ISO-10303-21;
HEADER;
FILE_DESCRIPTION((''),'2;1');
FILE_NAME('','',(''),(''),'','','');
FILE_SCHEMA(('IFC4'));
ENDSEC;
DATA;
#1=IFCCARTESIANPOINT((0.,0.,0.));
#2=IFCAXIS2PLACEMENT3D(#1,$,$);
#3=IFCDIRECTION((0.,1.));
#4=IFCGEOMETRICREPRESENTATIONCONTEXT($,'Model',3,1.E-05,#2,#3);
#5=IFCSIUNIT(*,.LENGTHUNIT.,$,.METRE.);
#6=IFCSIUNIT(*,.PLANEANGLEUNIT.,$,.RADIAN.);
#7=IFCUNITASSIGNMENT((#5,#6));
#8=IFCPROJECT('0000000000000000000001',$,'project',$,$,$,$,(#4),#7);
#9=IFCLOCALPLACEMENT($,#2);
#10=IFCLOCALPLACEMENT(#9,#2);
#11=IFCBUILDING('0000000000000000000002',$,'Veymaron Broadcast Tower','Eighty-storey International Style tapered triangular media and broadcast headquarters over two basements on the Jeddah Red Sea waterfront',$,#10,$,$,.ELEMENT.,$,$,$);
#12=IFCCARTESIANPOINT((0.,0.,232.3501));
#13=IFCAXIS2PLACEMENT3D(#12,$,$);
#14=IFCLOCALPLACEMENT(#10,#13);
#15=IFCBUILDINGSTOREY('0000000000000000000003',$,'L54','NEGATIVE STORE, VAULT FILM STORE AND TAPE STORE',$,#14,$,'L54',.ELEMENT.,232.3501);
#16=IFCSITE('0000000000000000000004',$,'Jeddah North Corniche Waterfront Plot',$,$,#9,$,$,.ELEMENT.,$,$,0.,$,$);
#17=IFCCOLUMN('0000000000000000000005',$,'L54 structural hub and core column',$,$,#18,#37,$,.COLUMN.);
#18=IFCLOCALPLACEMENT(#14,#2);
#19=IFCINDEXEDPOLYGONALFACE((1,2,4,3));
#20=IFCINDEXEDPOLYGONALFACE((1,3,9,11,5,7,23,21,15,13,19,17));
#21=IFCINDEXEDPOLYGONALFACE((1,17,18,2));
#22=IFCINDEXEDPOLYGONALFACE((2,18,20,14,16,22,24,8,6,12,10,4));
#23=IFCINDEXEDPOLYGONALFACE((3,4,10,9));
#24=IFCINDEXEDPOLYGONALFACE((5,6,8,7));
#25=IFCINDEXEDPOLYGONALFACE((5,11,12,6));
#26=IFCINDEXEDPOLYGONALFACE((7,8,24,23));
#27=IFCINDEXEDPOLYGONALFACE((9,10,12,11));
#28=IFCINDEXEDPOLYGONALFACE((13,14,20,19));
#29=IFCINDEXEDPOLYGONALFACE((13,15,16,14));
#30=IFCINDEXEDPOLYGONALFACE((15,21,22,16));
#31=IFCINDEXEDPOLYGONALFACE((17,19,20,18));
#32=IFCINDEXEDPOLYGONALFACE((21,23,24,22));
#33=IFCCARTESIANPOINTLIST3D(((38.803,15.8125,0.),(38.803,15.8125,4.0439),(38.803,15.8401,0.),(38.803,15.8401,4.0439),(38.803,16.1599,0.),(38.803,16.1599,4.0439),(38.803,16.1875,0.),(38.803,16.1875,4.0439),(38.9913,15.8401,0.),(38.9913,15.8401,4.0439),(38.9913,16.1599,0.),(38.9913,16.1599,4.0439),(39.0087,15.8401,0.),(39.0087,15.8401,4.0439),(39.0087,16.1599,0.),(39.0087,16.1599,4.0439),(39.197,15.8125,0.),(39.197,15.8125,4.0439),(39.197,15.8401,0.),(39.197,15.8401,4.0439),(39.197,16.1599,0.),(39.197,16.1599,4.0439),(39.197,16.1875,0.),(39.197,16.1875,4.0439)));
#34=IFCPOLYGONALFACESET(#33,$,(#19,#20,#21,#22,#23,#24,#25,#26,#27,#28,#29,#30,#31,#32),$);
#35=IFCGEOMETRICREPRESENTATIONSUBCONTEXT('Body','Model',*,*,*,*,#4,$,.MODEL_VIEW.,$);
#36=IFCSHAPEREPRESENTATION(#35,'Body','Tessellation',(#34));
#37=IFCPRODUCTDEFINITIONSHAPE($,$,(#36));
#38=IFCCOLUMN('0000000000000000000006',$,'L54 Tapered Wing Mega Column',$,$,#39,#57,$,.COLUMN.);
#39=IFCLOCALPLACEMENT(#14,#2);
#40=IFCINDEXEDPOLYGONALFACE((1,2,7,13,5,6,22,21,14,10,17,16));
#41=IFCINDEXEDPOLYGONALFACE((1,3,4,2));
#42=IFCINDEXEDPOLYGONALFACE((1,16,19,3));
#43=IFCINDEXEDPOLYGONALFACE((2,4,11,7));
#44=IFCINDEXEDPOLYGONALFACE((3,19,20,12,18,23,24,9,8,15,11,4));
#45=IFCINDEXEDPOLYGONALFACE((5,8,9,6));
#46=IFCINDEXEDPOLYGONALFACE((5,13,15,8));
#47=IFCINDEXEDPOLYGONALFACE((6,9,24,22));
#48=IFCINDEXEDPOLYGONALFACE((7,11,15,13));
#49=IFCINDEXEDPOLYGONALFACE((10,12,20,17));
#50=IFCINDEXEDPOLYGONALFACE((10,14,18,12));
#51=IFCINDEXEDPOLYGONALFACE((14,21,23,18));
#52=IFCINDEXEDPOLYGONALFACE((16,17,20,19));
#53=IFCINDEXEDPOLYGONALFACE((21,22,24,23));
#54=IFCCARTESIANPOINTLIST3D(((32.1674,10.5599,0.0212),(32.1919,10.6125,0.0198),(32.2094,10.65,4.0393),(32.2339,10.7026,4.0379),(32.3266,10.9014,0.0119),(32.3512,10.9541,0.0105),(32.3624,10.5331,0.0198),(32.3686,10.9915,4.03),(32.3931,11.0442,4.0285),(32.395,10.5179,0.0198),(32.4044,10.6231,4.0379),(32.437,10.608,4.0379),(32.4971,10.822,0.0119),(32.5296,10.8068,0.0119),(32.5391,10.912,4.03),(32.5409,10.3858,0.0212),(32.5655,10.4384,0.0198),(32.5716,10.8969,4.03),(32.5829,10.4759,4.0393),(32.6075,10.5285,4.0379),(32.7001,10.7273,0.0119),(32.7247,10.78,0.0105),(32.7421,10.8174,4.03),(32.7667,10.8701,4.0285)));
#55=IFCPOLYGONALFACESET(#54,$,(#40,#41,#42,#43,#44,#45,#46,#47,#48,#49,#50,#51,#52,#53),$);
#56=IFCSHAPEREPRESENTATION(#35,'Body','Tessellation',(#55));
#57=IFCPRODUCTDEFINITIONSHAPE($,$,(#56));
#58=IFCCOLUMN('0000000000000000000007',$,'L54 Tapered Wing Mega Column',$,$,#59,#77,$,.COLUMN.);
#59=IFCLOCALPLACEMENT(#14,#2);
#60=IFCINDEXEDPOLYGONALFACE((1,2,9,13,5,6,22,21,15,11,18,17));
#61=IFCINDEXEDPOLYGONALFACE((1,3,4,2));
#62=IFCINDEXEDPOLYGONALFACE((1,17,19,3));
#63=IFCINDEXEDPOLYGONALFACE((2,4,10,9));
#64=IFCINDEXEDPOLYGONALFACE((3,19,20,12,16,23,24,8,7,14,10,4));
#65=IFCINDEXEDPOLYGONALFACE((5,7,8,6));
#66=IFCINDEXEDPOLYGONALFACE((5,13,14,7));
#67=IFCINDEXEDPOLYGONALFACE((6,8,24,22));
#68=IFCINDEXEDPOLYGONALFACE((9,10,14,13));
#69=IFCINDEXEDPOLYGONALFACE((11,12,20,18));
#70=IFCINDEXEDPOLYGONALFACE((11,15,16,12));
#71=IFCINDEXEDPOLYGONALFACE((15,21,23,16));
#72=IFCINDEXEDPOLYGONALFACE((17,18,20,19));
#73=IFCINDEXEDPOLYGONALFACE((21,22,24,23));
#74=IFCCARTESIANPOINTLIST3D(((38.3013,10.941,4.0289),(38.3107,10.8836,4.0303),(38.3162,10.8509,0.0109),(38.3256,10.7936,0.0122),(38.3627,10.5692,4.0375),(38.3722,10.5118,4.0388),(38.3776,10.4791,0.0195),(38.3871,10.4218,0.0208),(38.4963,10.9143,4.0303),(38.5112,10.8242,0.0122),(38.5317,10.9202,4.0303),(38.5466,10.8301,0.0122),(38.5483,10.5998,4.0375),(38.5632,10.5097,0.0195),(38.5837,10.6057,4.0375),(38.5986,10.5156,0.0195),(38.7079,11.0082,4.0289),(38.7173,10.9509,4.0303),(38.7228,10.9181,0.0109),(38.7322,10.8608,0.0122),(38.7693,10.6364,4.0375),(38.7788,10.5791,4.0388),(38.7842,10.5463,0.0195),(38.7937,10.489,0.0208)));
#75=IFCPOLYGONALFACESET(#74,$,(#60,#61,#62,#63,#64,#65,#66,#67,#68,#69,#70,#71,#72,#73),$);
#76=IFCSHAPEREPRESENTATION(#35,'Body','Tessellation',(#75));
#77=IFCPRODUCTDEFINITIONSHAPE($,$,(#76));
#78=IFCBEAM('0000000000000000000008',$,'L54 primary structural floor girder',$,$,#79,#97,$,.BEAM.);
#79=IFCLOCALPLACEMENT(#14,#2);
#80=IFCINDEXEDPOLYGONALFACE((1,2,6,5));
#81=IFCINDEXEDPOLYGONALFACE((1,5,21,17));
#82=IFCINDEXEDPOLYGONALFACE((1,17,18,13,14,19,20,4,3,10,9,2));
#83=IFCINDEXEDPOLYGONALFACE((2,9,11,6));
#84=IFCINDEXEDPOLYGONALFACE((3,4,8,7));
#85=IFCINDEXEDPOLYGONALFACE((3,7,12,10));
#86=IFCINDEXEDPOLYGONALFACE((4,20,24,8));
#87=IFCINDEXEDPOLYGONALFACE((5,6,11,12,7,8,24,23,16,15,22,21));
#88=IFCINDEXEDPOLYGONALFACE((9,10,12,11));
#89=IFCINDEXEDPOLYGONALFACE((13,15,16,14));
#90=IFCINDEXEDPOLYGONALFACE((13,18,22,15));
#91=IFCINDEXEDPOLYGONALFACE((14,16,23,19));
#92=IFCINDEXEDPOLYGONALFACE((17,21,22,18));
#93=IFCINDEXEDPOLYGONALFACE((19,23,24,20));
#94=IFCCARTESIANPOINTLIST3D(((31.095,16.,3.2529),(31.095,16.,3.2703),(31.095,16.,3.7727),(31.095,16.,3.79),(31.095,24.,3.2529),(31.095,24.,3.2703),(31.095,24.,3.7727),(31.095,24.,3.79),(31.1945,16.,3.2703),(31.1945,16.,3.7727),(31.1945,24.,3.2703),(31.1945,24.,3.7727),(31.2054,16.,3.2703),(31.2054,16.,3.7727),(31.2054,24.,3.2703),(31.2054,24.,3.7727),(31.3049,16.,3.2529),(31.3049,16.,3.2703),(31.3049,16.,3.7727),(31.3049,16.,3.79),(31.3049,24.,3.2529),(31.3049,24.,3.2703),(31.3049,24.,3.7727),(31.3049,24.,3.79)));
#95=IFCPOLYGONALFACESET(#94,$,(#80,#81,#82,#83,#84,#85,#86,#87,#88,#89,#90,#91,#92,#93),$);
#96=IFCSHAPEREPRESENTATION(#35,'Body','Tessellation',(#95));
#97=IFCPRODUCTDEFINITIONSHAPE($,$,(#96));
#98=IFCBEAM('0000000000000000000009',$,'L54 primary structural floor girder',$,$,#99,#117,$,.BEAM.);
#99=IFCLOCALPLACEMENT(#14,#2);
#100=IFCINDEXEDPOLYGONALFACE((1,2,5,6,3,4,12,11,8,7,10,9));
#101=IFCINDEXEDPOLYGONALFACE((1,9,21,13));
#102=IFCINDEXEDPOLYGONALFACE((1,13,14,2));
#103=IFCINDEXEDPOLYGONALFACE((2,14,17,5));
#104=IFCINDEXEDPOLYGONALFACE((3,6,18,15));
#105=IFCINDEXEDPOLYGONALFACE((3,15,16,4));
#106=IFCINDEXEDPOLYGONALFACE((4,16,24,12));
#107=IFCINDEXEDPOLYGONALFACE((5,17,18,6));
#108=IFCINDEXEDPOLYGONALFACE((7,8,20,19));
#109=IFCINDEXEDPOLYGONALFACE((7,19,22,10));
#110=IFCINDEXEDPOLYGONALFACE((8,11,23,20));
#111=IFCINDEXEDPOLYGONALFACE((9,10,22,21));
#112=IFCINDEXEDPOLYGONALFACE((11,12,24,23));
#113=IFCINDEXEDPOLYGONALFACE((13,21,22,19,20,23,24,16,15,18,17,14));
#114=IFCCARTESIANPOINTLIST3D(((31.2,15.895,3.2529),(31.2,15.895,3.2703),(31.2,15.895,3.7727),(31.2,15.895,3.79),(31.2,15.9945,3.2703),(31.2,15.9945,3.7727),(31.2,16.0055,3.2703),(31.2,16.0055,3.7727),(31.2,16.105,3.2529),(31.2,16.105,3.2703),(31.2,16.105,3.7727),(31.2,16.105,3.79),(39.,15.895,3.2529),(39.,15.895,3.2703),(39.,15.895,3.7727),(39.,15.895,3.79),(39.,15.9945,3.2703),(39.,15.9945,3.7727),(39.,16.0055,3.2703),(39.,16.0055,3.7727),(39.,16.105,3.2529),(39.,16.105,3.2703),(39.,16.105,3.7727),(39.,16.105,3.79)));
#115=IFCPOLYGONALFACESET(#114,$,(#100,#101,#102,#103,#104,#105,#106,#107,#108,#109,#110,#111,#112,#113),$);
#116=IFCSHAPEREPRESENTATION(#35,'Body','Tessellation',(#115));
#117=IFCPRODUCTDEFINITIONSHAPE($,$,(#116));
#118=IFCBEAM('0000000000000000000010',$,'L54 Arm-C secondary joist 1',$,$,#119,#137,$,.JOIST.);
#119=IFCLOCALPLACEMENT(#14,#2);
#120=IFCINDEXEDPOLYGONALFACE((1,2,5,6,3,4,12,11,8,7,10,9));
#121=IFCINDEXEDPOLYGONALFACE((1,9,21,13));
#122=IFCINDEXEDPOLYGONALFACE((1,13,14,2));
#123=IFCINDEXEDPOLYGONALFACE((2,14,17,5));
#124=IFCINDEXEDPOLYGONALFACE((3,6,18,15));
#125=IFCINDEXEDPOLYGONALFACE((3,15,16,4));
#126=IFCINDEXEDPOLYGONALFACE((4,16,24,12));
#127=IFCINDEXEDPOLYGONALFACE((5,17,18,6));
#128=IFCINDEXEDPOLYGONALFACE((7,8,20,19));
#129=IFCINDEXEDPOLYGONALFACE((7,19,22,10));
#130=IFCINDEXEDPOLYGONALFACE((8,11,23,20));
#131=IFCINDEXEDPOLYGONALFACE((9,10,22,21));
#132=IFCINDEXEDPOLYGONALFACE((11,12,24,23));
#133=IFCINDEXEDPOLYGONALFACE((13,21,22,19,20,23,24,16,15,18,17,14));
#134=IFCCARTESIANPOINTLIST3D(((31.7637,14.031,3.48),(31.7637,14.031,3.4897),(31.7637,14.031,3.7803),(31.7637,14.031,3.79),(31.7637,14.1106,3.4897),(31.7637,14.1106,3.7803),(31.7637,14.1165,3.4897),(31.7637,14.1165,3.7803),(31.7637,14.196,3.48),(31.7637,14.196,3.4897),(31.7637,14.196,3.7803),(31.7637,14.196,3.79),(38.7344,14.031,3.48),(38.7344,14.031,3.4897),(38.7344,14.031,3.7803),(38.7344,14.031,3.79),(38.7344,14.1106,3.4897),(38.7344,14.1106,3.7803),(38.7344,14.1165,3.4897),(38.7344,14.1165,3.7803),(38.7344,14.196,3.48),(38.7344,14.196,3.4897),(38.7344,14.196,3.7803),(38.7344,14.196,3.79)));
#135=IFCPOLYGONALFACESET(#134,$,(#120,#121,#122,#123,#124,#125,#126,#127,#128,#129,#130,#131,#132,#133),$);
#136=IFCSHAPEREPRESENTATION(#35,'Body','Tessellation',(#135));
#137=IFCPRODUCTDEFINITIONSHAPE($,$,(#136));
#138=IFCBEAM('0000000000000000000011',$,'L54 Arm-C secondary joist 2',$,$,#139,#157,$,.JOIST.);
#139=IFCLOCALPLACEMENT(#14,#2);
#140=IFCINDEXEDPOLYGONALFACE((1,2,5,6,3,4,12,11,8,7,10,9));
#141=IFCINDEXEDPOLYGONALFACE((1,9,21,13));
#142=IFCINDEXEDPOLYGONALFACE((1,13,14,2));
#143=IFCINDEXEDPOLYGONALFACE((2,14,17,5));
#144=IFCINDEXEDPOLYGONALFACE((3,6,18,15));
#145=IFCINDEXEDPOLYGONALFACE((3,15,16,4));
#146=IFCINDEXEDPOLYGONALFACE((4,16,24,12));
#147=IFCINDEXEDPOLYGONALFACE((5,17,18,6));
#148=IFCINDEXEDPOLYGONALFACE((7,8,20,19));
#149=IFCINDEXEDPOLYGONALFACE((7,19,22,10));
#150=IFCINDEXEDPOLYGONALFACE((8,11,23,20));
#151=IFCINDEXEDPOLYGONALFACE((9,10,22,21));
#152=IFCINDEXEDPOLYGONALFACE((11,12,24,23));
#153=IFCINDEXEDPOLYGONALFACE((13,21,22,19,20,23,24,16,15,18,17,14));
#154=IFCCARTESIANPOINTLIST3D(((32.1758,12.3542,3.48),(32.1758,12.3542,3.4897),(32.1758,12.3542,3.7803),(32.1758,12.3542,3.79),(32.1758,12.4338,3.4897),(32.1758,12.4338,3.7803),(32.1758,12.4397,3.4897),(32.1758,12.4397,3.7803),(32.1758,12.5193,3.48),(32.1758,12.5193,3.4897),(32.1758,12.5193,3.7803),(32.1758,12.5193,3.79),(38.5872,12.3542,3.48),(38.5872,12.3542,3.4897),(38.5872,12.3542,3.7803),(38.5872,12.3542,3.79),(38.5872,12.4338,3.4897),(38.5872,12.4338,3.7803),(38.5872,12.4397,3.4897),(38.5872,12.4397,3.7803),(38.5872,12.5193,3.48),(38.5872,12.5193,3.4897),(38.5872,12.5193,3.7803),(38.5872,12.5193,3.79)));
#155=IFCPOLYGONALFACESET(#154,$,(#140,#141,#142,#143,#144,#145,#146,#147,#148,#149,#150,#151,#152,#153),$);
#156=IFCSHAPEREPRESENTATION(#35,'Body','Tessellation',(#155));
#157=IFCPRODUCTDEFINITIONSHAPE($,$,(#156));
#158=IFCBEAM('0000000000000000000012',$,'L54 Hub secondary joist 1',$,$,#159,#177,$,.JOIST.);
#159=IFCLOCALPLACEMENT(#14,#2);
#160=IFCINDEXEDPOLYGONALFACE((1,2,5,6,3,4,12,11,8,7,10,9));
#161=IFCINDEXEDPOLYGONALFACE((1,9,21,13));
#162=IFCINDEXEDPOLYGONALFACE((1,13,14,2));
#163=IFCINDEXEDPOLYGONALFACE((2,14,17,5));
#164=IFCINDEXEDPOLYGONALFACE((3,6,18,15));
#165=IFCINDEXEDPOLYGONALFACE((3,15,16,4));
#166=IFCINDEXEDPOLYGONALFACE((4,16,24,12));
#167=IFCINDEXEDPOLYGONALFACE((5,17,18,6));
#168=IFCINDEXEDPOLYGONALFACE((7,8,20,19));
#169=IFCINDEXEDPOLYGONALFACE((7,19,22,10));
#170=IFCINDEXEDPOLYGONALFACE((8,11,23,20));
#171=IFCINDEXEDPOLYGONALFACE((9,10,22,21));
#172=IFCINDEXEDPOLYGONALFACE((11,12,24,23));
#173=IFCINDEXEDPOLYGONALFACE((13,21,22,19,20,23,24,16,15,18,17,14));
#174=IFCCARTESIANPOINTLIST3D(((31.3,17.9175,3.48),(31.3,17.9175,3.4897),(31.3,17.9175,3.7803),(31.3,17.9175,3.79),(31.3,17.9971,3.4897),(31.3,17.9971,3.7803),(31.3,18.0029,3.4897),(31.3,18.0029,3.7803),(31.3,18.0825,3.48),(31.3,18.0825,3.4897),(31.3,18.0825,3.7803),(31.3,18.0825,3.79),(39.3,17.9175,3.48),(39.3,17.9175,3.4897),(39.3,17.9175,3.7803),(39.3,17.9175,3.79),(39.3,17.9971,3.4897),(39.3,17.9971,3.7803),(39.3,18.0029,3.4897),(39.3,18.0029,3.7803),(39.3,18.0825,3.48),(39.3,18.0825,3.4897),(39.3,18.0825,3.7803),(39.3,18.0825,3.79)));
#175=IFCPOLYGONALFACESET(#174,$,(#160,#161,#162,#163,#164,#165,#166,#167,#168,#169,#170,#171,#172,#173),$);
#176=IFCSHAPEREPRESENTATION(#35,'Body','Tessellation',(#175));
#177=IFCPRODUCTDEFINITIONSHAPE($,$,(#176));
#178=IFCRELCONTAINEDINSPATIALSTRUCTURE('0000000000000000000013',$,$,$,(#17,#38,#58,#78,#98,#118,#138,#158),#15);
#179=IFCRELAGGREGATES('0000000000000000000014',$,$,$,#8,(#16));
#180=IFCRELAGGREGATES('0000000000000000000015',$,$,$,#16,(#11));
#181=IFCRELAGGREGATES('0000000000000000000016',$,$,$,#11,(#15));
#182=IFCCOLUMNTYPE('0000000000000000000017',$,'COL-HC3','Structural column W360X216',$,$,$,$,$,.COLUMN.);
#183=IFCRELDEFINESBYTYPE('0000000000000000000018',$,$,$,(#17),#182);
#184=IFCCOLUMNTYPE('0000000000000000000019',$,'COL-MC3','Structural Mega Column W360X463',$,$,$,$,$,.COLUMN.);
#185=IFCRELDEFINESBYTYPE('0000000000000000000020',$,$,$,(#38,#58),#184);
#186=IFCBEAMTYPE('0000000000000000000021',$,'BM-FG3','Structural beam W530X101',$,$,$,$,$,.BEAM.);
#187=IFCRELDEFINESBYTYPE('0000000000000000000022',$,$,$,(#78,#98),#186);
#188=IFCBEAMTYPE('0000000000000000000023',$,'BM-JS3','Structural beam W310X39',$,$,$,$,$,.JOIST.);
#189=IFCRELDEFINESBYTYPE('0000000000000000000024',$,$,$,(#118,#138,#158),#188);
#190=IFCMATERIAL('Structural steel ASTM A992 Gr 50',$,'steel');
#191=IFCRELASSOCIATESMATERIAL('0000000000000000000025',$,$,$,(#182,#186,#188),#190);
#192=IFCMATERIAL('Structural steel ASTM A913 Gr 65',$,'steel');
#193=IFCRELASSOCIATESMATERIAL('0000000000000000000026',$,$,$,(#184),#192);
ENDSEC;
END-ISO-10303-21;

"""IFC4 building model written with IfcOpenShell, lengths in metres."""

from ifc_helpers import new_model, si_unit, direction, frame, origin, origin_2d, place, context, subcontext, project, spatial, i_section, extrude, material, material_profile, profile_set, type_object, element, save


model = new_model("IFC4")

# Units and contexts
model_context = context("Model", 3, precision=1e-05, world=origin(), true_north=direction((0.0, 1.0)))
body_context = subcontext(model_context, "Body", "Model", "MODEL_VIEW")
ifc_project = project(units=[si_unit("LENGTHUNIT", "METRE"), si_unit("PLANEANGLEUNIT", "RADIAN")], contexts=[model_context])

# Site, building, storey
site_placement = place(None, origin())
site = spatial("IfcSite", under=ifc_project, at=site_placement, Name="Jeddah North Corniche Waterfront Plot", CompositionType="ELEMENT", RefElevation=0.0)
building_placement = place(site_placement, origin())
building = spatial("IfcBuilding", under=site, at=building_placement, Name="Veymaron Broadcast Tower", Description="Eighty-storey International Style tapered triangular media and broadcast headquarters over two basements on the Jeddah Red Sea waterfront", CompositionType="ELEMENT")
storey_placement = place(building_placement, frame((0.0, 0.0, 232.3501)))
storey = spatial("IfcBuildingStorey", under=building, at=storey_placement, Name="L54", Description="NEGATIVE STORE, VAULT FILM STORE AND TAPE STORE", LongName="L54", CompositionType="ELEMENT", Elevation=232.3501)

# Columns
ifc_material_1 = material(Name="Structural steel ASTM A992 Gr 50", Category="steel")
ifc_material_profile_1 = material_profile(ifc_material_1, i_section(OverallWidth=0.394, OverallDepth=0.375, WebThickness=0.0173, FlangeThickness=0.0276, at=origin_2d()), Name="W360X216")
ifc_profile_set_1 = profile_set([ifc_material_profile_1], Name="Structural steel ASTM A992 Gr 50")
column_type_1 = type_object("IfcColumnType", Name="COL-HC3", Description="Structural column W360X216", PredefinedType="COLUMN", material=ifc_profile_set_1)
column_1_placement = place(storey_placement, frame((39.0, 16.0, 0.0), z_axis=(0.0, 0.0, 1.0), x_axis=(1.0, 0.0, 0.0)))
element("IfcColumn", 1, at=column_1_placement, inside=storey, type_object=column_type_1, Name="L54 structural hub and core column", PredefinedType="COLUMN", context=body_context, shape_type="SweptSolid", body=[
    extrude(i_section(OverallWidth=0.394, OverallDepth=0.375, WebThickness=0.0173, FlangeThickness=0.0276, at=origin_2d()), origin(), (0.0, 0.0, 1.0), 4.0439),
])
ifc_material_2 = material(Name="Structural steel ASTM A913 Gr 65", Category="steel")
ifc_material_profile_2 = material_profile(ifc_material_2, i_section(OverallWidth=0.4121, OverallDepth=0.4351, WebThickness=0.0359, FlangeThickness=0.0581, at=origin_2d()), Name="W360X463")
ifc_profile_set_2 = profile_set([ifc_material_profile_2], Name="Structural steel ASTM A913 Gr 65")
column_type_2 = type_object("IfcColumnType", Name="COL-MC3", Description="Structural Mega Column W360X463", PredefinedType="COLUMN", material=ifc_profile_set_2)
column_2_placement = place(storey_placement, frame((32.446, 10.6699, 0.0159), z_axis=(0.010448, 0.022414, 0.999694), x_axis=(-0.906371, 0.422482, 0.0)))
element("IfcColumn", 2, at=column_2_placement, inside=storey, type_object=column_type_2, Name="L54 Tapered Wing Mega Column", PredefinedType="COLUMN", context=body_context, shape_type="SweptSolid", body=[
    extrude(i_section(OverallWidth=0.4121, OverallDepth=0.4351, WebThickness=0.0359, FlangeThickness=0.0581, at=origin_2d()), origin(), (0.0, 0.0, 1.0), 4.0193),
])
column_3_placement = place(storey_placement, frame((38.5549, 10.6699, 0.0159), z_axis=(-0.003705, 0.022415, 0.999742), x_axis=(-0.98661, -0.163098, 0.0)))
element("IfcColumn", 3, at=column_3_placement, inside=storey, type_object=column_type_2, Name="L54 Tapered Wing Mega Column", PredefinedType="COLUMN", context=body_context, shape_type="SweptSolid", body=[
    extrude(i_section(OverallWidth=0.4121, OverallDepth=0.4351, WebThickness=0.0359, FlangeThickness=0.0581, at=origin_2d()), origin(), (0.0, 0.0, 1.0), 4.019),
])

# Beams
ifc_material_profile_3 = material_profile(ifc_material_1, i_section(OverallWidth=0.21, OverallDepth=0.5371, WebThickness=0.011, FlangeThickness=0.0173, at=origin_2d()), Name="W530X101")
ifc_profile_set_3 = profile_set([ifc_material_profile_3], Name="Structural steel ASTM A992 Gr 50")
beam_type_1 = type_object("IfcBeamType", Name="BM-FG3", Description="Structural beam W530X101", PredefinedType="BEAM", material=ifc_profile_set_3)
beam_1_placement = place(storey_placement, frame((31.2, 16.0, 3.5215), z_axis=(0.0, 1.0, 0.0), x_axis=(-1.0, 0.0, 0.0)))
element("IfcBeam", 4, at=beam_1_placement, inside=storey, type_object=beam_type_1, Name="L54 primary structural floor girder", PredefinedType="BEAM", context=body_context, shape_type="SweptSolid", body=[
    extrude(i_section(OverallWidth=0.21, OverallDepth=0.5371, WebThickness=0.011, FlangeThickness=0.0173, at=origin_2d()), origin(), (0.0, 0.0, 1.0), 8.0),
])
beam_2_placement = place(storey_placement, frame((31.2, 16.0, 3.5215), z_axis=(1.0, 0.0, 0.0), x_axis=(0.0, 1.0, 0.0)))
element("IfcBeam", 5, at=beam_2_placement, inside=storey, type_object=beam_type_1, Name="L54 primary structural floor girder", PredefinedType="BEAM", context=body_context, shape_type="SweptSolid", body=[
    extrude(i_section(OverallWidth=0.21, OverallDepth=0.5371, WebThickness=0.011, FlangeThickness=0.0173, at=origin_2d()), origin(), (0.0, 0.0, 1.0), 7.8),
])
ifc_material_profile_4 = material_profile(ifc_material_1, i_section(OverallWidth=0.165, OverallDepth=0.3101, WebThickness=0.0059, FlangeThickness=0.0098, at=origin_2d()), Name="W310X39")
ifc_profile_set_4 = profile_set([ifc_material_profile_4], Name="Structural steel ASTM A992 Gr 50")
beam_type_2 = type_object("IfcBeamType", Name="BM-JS3", Description="Structural beam W310X39", PredefinedType="JOIST", material=ifc_profile_set_4)
beam_3_placement = place(storey_placement, frame((31.7637, 14.1135, 3.635), z_axis=(1.0, 0.0, 0.0), x_axis=(0.0, 1.0, 0.0)))
element("IfcBeam", 6, at=beam_3_placement, inside=storey, type_object=beam_type_2, Name="L54 Arm-C secondary joist 1", PredefinedType="JOIST", context=body_context, shape_type="SweptSolid", body=[
    extrude(i_section(OverallWidth=0.165, OverallDepth=0.3101, WebThickness=0.0059, FlangeThickness=0.0098, at=origin_2d()), origin(), (0.0, 0.0, 1.0), 6.9707),
])
beam_4_placement = place(storey_placement, frame((32.1758, 12.4368, 3.635), z_axis=(1.0, 0.0, 0.0), x_axis=(0.0, 1.0, 0.0)))
element("IfcBeam", 7, at=beam_4_placement, inside=storey, type_object=beam_type_2, Name="L54 Arm-C secondary joist 2", PredefinedType="JOIST", context=body_context, shape_type="SweptSolid", body=[
    extrude(i_section(OverallWidth=0.165, OverallDepth=0.3101, WebThickness=0.0059, FlangeThickness=0.0098, at=origin_2d()), origin(), (0.0, 0.0, 1.0), 6.4114),
])
for number, where, z_axis, x_axis, name in (
    (8, (31.3, 18.0, 3.635), (1.0, 0.0, 0.0), (0.0, 1.0, 0.0), "L54 Hub secondary joist 1"),
):
    element("IfcBeam", number, at=place(storey_placement, frame(where, z_axis=z_axis, x_axis=x_axis)), inside=storey, type_object=beam_type_2, Name=name, PredefinedType="JOIST", context=body_context, shape_type="SweptSolid", body=[
        extrude(i_section(OverallWidth=0.165, OverallDepth=0.3101, WebThickness=0.0059, FlangeThickness=0.0098, at=origin_2d()), origin(), (0.0, 0.0, 1.0), 8.0),
    ])

save(model, "model.ifc")
